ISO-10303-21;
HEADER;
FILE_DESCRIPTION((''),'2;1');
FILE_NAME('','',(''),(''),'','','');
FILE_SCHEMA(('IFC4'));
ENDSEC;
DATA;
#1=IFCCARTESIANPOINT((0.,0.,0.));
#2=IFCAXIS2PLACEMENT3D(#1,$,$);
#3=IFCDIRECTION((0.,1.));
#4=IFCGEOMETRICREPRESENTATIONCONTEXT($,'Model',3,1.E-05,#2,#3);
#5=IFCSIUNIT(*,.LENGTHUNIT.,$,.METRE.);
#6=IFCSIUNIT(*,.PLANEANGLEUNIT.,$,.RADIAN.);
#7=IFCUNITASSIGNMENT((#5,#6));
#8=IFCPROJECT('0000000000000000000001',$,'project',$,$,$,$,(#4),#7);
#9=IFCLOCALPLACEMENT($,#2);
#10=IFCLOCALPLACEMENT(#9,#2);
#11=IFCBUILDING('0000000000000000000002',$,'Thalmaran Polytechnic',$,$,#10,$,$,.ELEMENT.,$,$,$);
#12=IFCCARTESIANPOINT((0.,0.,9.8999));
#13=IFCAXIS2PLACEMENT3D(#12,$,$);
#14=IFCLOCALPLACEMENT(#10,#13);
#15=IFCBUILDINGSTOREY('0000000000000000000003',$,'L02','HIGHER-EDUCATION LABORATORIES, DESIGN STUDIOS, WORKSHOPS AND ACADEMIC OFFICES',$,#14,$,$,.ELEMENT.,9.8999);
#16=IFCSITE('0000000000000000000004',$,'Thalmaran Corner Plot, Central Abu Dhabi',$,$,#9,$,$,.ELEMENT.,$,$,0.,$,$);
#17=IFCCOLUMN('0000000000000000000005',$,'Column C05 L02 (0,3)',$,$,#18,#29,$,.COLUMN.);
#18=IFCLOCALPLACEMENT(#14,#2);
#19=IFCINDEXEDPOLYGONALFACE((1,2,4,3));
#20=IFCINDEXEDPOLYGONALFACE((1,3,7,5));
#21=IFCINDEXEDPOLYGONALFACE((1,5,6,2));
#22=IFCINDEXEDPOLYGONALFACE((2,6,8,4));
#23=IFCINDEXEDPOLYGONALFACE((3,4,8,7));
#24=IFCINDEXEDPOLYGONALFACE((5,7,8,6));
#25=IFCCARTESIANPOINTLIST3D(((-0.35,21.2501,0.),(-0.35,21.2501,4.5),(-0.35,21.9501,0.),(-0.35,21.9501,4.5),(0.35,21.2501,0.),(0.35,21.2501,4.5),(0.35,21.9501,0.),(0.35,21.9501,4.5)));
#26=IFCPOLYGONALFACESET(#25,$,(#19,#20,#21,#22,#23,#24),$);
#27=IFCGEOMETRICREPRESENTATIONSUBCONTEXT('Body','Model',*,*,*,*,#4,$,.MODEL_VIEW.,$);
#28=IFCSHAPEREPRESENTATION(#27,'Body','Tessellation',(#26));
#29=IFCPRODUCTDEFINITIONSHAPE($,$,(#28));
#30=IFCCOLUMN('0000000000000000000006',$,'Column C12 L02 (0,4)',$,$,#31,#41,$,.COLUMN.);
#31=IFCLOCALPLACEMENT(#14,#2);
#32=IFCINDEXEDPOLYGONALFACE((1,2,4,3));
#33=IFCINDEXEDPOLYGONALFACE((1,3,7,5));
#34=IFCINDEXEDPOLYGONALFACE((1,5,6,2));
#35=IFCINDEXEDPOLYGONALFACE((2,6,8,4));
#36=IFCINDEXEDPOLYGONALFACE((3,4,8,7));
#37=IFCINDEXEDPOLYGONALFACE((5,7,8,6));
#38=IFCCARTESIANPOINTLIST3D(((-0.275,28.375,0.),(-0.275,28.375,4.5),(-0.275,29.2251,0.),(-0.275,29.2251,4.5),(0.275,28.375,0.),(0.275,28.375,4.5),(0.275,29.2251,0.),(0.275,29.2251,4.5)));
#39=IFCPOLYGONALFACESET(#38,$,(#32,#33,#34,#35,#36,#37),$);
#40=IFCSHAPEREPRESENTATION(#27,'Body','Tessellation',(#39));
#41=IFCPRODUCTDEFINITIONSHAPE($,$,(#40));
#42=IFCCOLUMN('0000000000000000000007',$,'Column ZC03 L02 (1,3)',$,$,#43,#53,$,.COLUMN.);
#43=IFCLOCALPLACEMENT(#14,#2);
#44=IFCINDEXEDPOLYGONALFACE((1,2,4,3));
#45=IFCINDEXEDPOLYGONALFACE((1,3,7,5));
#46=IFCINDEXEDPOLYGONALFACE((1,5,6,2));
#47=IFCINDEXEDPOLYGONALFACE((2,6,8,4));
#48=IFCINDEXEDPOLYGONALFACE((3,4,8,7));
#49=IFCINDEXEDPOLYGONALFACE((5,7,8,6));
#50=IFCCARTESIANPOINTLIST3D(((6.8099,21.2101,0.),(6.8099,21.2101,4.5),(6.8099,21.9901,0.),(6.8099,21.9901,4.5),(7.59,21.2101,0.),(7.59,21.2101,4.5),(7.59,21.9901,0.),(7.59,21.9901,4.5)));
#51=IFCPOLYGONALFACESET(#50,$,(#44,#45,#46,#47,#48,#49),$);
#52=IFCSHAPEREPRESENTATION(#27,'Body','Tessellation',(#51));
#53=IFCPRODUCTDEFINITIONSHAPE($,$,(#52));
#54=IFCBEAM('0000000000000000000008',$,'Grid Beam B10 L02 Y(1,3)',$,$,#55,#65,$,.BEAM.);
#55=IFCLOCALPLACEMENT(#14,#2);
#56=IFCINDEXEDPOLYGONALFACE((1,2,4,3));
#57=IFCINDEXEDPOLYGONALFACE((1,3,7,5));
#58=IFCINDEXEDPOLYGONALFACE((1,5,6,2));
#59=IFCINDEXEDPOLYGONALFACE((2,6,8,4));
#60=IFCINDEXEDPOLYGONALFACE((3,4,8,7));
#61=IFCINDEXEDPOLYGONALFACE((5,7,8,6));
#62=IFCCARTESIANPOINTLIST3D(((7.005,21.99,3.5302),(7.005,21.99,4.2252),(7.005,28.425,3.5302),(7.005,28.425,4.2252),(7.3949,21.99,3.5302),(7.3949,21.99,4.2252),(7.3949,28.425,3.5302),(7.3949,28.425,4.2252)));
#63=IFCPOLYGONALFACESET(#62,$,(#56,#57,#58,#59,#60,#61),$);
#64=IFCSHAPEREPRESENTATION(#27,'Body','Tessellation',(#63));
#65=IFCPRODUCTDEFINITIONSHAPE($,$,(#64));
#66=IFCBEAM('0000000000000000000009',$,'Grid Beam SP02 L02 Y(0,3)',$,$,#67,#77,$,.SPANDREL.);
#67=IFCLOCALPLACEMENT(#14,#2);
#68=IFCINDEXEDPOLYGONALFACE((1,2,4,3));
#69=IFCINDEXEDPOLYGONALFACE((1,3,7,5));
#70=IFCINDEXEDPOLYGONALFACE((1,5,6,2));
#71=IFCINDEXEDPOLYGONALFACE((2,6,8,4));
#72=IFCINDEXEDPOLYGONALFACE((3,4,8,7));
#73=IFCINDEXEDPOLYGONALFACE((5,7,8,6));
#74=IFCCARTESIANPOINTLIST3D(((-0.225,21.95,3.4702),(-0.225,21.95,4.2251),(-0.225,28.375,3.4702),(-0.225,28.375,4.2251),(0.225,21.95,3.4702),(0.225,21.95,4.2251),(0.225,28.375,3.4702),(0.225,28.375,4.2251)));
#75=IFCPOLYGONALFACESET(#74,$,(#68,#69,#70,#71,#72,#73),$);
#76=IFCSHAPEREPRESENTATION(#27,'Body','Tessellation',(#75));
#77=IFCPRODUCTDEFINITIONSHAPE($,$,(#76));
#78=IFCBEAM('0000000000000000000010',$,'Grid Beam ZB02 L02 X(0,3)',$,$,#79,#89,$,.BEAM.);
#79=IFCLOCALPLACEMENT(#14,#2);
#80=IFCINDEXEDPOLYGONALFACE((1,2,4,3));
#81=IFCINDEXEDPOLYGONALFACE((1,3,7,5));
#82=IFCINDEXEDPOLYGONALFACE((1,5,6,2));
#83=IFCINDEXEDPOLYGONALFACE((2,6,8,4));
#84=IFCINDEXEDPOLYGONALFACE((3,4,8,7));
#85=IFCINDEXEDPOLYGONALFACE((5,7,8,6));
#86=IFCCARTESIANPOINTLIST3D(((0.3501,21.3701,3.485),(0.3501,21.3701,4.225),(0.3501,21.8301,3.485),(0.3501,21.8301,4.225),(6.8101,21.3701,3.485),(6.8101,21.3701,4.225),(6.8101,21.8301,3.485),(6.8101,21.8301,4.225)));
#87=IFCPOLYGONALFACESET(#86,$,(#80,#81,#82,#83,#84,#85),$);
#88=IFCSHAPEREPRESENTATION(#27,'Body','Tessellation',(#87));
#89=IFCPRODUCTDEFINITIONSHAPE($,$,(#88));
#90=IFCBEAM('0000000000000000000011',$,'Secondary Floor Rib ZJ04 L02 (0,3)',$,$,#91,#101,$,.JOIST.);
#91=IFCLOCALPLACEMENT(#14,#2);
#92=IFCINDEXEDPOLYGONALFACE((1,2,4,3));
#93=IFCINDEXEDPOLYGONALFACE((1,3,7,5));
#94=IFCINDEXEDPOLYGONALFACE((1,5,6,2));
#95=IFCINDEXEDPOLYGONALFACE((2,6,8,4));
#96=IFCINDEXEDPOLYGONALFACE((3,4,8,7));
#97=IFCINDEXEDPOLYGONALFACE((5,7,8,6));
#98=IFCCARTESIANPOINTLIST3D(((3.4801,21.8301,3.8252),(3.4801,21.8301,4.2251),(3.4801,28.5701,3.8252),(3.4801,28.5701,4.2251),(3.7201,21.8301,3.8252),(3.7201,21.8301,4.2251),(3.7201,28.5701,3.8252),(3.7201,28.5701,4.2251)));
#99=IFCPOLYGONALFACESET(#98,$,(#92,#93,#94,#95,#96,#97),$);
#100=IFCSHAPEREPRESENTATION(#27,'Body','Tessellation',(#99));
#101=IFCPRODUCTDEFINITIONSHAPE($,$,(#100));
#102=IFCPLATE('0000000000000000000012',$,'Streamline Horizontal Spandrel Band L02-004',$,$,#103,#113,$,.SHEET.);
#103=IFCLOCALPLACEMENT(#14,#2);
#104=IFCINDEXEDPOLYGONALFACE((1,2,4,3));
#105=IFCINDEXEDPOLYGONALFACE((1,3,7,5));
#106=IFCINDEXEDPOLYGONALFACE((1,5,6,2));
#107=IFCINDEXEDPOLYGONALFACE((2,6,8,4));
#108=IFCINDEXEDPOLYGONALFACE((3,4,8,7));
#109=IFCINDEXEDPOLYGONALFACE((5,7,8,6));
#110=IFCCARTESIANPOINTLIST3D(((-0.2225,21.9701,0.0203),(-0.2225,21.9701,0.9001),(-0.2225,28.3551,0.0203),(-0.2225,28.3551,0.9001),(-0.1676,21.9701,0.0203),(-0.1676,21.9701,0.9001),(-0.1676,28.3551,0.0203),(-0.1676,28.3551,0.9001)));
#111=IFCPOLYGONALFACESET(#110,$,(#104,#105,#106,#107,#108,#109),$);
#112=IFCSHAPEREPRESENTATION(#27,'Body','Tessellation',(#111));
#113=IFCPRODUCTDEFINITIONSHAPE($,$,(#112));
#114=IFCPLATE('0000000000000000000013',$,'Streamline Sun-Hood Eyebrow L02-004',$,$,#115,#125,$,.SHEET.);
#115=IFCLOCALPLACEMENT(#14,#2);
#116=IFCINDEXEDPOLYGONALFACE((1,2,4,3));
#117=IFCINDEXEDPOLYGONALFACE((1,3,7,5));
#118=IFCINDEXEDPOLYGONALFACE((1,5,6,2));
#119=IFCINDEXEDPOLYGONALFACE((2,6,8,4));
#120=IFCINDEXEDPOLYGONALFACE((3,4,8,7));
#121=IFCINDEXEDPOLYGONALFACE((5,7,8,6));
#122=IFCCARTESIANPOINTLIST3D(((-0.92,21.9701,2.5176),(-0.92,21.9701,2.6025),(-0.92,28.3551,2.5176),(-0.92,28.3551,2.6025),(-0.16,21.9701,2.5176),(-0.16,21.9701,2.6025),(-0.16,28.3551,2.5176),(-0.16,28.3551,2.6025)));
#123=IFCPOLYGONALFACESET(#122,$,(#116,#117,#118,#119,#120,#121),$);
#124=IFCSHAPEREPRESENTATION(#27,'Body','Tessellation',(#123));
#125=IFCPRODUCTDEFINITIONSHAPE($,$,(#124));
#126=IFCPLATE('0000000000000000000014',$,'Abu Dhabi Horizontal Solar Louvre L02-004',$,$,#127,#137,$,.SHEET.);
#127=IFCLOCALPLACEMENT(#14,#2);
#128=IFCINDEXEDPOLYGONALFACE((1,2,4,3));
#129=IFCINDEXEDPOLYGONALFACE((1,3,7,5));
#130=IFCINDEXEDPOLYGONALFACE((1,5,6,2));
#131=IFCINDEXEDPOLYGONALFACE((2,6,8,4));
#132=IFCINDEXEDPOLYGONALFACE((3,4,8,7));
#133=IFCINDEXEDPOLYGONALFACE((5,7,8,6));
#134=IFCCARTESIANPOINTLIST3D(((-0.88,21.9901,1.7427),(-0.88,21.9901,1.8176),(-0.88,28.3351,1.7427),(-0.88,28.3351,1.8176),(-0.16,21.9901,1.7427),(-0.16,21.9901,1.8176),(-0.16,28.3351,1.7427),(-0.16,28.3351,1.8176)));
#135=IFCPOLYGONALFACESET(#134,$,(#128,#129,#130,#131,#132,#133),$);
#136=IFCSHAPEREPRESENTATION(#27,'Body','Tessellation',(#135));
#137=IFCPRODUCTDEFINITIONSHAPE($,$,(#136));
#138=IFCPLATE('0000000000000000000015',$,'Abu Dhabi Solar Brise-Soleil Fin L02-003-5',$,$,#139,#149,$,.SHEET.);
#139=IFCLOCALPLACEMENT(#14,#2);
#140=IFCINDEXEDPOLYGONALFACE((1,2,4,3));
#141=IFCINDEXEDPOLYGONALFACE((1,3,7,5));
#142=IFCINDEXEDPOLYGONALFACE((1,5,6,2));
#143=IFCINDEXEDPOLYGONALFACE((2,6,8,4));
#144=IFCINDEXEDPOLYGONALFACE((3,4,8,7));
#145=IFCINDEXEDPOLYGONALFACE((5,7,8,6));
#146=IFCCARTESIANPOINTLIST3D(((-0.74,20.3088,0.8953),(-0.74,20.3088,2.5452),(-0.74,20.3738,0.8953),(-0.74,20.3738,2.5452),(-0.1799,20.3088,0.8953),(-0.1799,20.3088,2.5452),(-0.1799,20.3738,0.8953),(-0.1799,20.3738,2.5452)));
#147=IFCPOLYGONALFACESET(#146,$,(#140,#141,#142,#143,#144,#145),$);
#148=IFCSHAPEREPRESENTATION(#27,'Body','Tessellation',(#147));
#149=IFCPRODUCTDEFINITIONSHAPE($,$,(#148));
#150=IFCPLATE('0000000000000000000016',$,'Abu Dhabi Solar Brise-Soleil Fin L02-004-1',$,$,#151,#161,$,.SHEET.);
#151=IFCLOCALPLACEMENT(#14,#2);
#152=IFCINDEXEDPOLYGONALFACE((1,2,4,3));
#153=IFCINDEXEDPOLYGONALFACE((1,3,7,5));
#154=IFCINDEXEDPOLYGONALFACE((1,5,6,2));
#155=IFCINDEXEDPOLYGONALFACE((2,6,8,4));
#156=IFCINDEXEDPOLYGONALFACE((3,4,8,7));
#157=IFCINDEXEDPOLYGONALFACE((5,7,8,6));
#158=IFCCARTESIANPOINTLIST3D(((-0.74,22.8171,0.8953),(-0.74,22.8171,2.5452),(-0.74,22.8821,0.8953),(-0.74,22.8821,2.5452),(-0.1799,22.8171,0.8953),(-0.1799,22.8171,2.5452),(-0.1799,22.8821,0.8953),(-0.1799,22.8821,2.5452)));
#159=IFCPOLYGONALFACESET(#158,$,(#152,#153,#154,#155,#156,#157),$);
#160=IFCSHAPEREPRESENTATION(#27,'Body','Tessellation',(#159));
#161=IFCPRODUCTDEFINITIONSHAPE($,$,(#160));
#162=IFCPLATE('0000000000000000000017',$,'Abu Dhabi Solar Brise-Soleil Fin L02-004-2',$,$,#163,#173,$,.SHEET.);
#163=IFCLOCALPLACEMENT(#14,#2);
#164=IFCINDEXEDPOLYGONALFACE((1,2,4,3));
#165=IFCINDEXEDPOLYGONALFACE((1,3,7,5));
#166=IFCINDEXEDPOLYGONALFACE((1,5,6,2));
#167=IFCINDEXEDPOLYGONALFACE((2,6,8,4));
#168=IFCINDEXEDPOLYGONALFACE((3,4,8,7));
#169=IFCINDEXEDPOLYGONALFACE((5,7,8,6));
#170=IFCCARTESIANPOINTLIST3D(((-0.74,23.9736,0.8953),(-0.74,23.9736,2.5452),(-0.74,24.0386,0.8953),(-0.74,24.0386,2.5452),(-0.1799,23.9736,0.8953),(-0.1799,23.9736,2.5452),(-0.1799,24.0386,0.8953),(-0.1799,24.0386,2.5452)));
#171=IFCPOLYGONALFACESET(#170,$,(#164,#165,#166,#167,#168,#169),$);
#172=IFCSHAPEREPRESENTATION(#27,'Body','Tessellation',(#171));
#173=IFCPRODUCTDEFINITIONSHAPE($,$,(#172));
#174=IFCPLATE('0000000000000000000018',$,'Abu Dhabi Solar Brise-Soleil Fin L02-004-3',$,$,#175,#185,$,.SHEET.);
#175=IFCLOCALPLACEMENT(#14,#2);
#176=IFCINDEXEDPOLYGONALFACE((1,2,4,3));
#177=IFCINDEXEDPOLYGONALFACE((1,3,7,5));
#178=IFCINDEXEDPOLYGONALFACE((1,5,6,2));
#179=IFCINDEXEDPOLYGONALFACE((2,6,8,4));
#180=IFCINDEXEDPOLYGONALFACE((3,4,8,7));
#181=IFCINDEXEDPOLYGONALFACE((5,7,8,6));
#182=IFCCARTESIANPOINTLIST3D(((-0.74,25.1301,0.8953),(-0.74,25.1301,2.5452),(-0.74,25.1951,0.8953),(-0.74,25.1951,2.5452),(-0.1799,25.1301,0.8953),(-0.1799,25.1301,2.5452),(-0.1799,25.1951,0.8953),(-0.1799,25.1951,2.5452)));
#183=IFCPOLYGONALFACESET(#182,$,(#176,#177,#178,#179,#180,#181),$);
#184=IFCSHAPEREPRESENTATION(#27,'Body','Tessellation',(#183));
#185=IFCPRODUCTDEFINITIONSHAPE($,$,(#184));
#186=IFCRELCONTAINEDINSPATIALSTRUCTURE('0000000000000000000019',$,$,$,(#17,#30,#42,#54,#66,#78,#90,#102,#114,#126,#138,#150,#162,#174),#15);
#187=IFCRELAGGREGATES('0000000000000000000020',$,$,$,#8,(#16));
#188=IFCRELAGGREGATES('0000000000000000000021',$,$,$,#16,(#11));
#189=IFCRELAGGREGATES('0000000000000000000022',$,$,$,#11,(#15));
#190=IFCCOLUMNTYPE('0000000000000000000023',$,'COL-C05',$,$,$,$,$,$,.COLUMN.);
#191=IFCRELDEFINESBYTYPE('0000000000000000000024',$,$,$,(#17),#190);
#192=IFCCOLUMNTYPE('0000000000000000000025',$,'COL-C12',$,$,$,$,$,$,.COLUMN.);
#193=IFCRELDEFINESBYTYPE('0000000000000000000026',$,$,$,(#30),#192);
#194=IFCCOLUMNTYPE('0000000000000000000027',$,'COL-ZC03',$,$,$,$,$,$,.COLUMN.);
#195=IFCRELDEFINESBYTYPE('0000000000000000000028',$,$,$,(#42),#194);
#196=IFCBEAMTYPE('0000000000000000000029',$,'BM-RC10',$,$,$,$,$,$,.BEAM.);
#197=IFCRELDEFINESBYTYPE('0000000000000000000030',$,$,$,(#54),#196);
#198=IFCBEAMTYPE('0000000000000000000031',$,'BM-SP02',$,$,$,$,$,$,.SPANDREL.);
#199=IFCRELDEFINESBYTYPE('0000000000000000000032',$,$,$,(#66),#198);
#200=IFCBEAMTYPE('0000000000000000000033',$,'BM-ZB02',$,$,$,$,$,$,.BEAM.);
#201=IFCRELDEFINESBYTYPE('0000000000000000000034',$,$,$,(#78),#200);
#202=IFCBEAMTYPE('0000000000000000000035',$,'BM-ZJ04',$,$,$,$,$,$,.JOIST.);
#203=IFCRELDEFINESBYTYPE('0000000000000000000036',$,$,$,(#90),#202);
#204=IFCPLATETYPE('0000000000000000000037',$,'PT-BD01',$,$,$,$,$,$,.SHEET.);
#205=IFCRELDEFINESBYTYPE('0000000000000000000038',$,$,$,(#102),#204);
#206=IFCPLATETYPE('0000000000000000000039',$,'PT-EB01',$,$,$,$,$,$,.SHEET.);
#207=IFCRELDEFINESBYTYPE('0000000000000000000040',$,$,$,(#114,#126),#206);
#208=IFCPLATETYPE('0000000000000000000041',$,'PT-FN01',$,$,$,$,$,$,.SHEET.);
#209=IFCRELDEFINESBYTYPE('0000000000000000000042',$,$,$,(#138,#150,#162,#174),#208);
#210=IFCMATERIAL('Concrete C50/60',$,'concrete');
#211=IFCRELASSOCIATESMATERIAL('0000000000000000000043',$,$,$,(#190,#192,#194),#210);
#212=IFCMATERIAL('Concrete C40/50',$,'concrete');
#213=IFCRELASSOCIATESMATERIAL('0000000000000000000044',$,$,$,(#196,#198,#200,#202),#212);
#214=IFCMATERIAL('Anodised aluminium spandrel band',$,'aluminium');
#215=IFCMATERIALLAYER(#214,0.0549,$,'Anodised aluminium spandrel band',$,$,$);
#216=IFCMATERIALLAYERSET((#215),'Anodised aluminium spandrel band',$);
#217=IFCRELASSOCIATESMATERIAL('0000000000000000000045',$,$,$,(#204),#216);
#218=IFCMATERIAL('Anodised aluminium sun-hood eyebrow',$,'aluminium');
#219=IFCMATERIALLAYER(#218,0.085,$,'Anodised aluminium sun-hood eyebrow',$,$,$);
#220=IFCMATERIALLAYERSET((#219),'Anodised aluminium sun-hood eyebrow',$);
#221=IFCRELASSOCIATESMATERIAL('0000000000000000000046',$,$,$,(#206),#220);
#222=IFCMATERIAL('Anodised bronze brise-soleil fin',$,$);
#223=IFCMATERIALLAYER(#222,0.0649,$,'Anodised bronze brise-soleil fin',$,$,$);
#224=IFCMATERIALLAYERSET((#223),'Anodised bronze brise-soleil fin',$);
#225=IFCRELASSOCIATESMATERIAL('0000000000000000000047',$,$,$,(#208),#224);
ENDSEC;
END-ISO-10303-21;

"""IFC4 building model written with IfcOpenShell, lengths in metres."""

from ifc_helpers import new_model, si_unit, direction, frame, origin, origin_2d, place, context, subcontext, project, spatial, rectangle, extrude, material, layer, layer_set, material_profile, profile_set, type_object, element, save


model = new_model("IFC4")

# Units and contexts
model_context = context("Model", 3, precision=1e-05, world=origin(), true_north=direction((0.0, 1.0)))
body_context = subcontext(model_context, "Body", "Model", "MODEL_VIEW")
ifc_project = project(units=[si_unit("LENGTHUNIT", "METRE"), si_unit("PLANEANGLEUNIT", "RADIAN")], contexts=[model_context])

# Site, building, storey
site_placement = place(None, origin())
site = spatial("IfcSite", under=ifc_project, at=site_placement, Name="Thalmaran Corner Plot, Central Abu Dhabi", CompositionType="ELEMENT", RefElevation=0.0)
building_placement = place(site_placement, origin())
building = spatial("IfcBuilding", under=site, at=building_placement, Name="Thalmaran Polytechnic", CompositionType="ELEMENT")
storey_placement = place(building_placement, frame((0.0, 0.0, 9.8999)))
storey = spatial("IfcBuildingStorey", under=building, at=storey_placement, Name="L02", Description="HIGHER-EDUCATION LABORATORIES, DESIGN STUDIOS, WORKSHOPS AND ACADEMIC OFFICES", CompositionType="ELEMENT", Elevation=9.8999)

# Columns
ifc_material_1 = material(Name="Concrete C50/60", Category="concrete")
ifc_material_profile_1 = material_profile(ifc_material_1, rectangle(XDim=0.7, YDim=0.7, at=origin_2d()), Name="RC 700x700")
ifc_profile_set_1 = profile_set([ifc_material_profile_1], Name="Concrete C50/60")
column_type_1 = type_object("IfcColumnType", Name="COL-C05", PredefinedType="COLUMN", material=ifc_profile_set_1)
column_1_placement = place(storey_placement, frame((0.0, 21.6001, 0.0), z_axis=(0.0, 0.0, 1.0), x_axis=(1.0, 0.0, 0.0)))
element("IfcColumn", 1, at=column_1_placement, inside=storey, type_object=column_type_1, Name="Column C05 L02 (0,3)", PredefinedType="COLUMN", context=body_context, shape_type="SweptSolid", body=[
    extrude(rectangle(XDim=0.7, YDim=0.7, at=origin_2d()), origin(), (0.0, 0.0, 1.0), 4.5),
])
ifc_material_profile_2 = material_profile(ifc_material_1, rectangle(XDim=0.55, YDim=0.8501, at=origin_2d()), Name="RC 550x850")
ifc_profile_set_2 = profile_set([ifc_material_profile_2], Name="Concrete C50/60")
column_type_2 = type_object("IfcColumnType", Name="COL-C12", PredefinedType="COLUMN", material=ifc_profile_set_2)
column_2_placement = place(storey_placement, frame((0.0, 28.8, 0.0), z_axis=(0.0, 0.0, 1.0), x_axis=(1.0, 0.0, 0.0)))
element("IfcColumn", 2, at=column_2_placement, inside=storey, type_object=column_type_2, Name="Column C12 L02 (0,4)", PredefinedType="COLUMN", context=body_context, shape_type="SweptSolid", body=[
    extrude(rectangle(XDim=0.55, YDim=0.8501, at=origin_2d()), origin(), (0.0, 0.0, 1.0), 4.5),
])
ifc_material_profile_3 = material_profile(ifc_material_1, rectangle(XDim=0.78, YDim=0.78, at=origin_2d()), Name="RC 780x780")
ifc_profile_set_3 = profile_set([ifc_material_profile_3], Name="Concrete C50/60")
column_type_3 = type_object("IfcColumnType", Name="COL-ZC03", PredefinedType="COLUMN", material=ifc_profile_set_3)
column_3_placement = place(storey_placement, frame((7.2, 21.6001, 0.0), z_axis=(0.0, 0.0, 1.0), x_axis=(1.0, 0.0, 0.0)))
element("IfcColumn", 3, at=column_3_placement, inside=storey, type_object=column_type_3, Name="Column ZC03 L02 (1,3)", PredefinedType="COLUMN", context=body_context, shape_type="SweptSolid", body=[
    extrude(rectangle(XDim=0.78, YDim=0.78, at=origin_2d()), origin(), (0.0, 0.0, 1.0), 4.5),
])

# Beams
ifc_material_2 = material(Name="Concrete C40/50", Category="concrete")
ifc_material_profile_4 = material_profile(ifc_material_2, rectangle(XDim=0.3899, YDim=0.6951, at=origin_2d()), Name="RC 390x695")
ifc_profile_set_4 = profile_set([ifc_material_profile_4], Name="Concrete C40/50")
beam_type_1 = type_object("IfcBeamType", Name="BM-RC10", PredefinedType="BEAM", material=ifc_profile_set_4)
beam_1_placement = place(storey_placement, frame((7.2, 21.99, 3.8777), z_axis=(0.0, 1.0, 0.0), x_axis=(-1.0, 0.0, 0.0)))
element("IfcBeam", 4, at=beam_1_placement, inside=storey, type_object=beam_type_1, Name="Grid Beam B10 L02 Y(1,3)", PredefinedType="BEAM", context=body_context, shape_type="SweptSolid", body=[
    extrude(rectangle(XDim=0.3899, YDim=0.6951, at=origin_2d()), origin(), (0.0, 0.0, 1.0), 6.4351),
])
ifc_material_profile_5 = material_profile(ifc_material_2, rectangle(XDim=0.45, YDim=0.7549, at=origin_2d()), Name="RC 450x755")
ifc_profile_set_5 = profile_set([ifc_material_profile_5], Name="Concrete C40/50")
beam_type_2 = type_object("IfcBeamType", Name="BM-SP02", PredefinedType="SPANDREL", material=ifc_profile_set_5)
beam_2_placement = place(storey_placement, frame((0.0, 21.95, 3.8477), z_axis=(0.0, 1.0, 0.0), x_axis=(-1.0, 0.0, 0.0)))
element("IfcBeam", 5, at=beam_2_placement, inside=storey, type_object=beam_type_2, Name="Grid Beam SP02 L02 Y(0,3)", PredefinedType="SPANDREL", context=body_context, shape_type="SweptSolid", body=[
    extrude(rectangle(XDim=0.45, YDim=0.7549, at=origin_2d()), origin(), (0.0, 0.0, 1.0), 6.425),
])
ifc_material_profile_6 = material_profile(ifc_material_2, rectangle(XDim=0.46, YDim=0.74, at=origin_2d()), Name="RC 460x740")
ifc_profile_set_6 = profile_set([ifc_material_profile_6], Name="Concrete C40/50")
beam_type_3 = type_object("IfcBeamType", Name="BM-ZB02", PredefinedType="BEAM", material=ifc_profile_set_6)
beam_3_placement = place(storey_placement, frame((0.3501, 21.6001, 3.855), z_axis=(1.0, 0.0, 0.0), x_axis=(0.0, 1.0, 0.0)))
element("IfcBeam", 6, at=beam_3_placement, inside=storey, type_object=beam_type_3, Name="Grid Beam ZB02 L02 X(0,3)", PredefinedType="BEAM", context=body_context, shape_type="SweptSolid", body=[
    extrude(rectangle(XDim=0.46, YDim=0.74, at=origin_2d()), origin(), (0.0, 0.0, 1.0), 6.46),
])
ifc_material_profile_7 = material_profile(ifc_material_2, rectangle(XDim=0.24, YDim=0.3999, at=origin_2d()), Name="RC 240x400")
ifc_profile_set_7 = profile_set([ifc_material_profile_7], Name="Concrete C40/50")
beam_type_4 = type_object("IfcBeamType", Name="BM-ZJ04", PredefinedType="JOIST", material=ifc_profile_set_7)
beam_4_placement = place(storey_placement, frame((3.6001, 21.8301, 4.0251), z_axis=(0.0, 1.0, 0.0), x_axis=(-1.0, 0.0, 0.0)))
element("IfcBeam", 7, at=beam_4_placement, inside=storey, type_object=beam_type_4, Name="Secondary Floor Rib ZJ04 L02 (0,3)", PredefinedType="JOIST", context=body_context, shape_type="SweptSolid", body=[
    extrude(rectangle(XDim=0.24, YDim=0.3999, at=origin_2d()), origin(), (0.0, 0.0, 1.0), 6.74),
])

# Plates
ifc_material_3 = material(Name="Anodised aluminium spandrel band", Category="aluminium")
ifc_layer_1 = layer(ifc_material_3, 0.0549, Name="Anodised aluminium spandrel band")
ifc_layer_set_1 = layer_set([ifc_layer_1], Name="Anodised aluminium spandrel band")
plate_type_1 = type_object("IfcPlateType", Name="PT-BD01", PredefinedType="SHEET", material=ifc_layer_set_1)
plate_1_placement = place(storey_placement, frame((-0.1951, 25.1626, 0.0203), z_axis=(0.0, 0.0, 1.0), x_axis=(0.0, 1.0, 0.0)))
element("IfcPlate", 8, at=plate_1_placement, inside=storey, type_object=plate_type_1, Name="Streamline Horizontal Spandrel Band L02-004", PredefinedType="SHEET", context=body_context, shape_type="SweptSolid", body=[
    extrude(rectangle(XDim=6.385, YDim=0.0549, at=origin_2d()), origin(), (0.0, 0.0, 1.0), 0.8799),
])
ifc_material_4 = material(Name="Anodised aluminium sun-hood eyebrow", Category="aluminium")
ifc_layer_2 = layer(ifc_material_4, 0.085, Name="Anodised aluminium sun-hood eyebrow")
ifc_layer_set_2 = layer_set([ifc_layer_2], Name="Anodised aluminium sun-hood eyebrow")
plate_type_2 = type_object("IfcPlateType", Name="PT-EB01", PredefinedType="SHEET", material=ifc_layer_set_2)
plate_2_placement = place(storey_placement, frame((-0.54, 25.1626, 2.5176), z_axis=(0.0, 0.0, 1.0), x_axis=(0.0, 1.0, 0.0)))
element("IfcPlate", 9, at=plate_2_placement, inside=storey, type_object=plate_type_2, Name="Streamline Sun-Hood Eyebrow L02-004", PredefinedType="SHEET", context=body_context, shape_type="SweptSolid", body=[
    extrude(rectangle(XDim=6.385, YDim=0.76, at=origin_2d()), origin(), (0.0, 0.0, 1.0), 0.085),
])
plate_3_placement = place(storey_placement, frame((-0.52, 25.1626, 1.7427), z_axis=(0.0, 0.0, 1.0), x_axis=(0.0, 1.0, 0.0)))
element("IfcPlate", 10, at=plate_3_placement, inside=storey, type_object=plate_type_2, Name="Abu Dhabi Horizontal Solar Louvre L02-004", PredefinedType="SHEET", context=body_context, shape_type="SweptSolid", body=[
    extrude(rectangle(XDim=6.345, YDim=0.72, at=origin_2d()), origin(), (0.0, 0.0, 1.0), 0.075),
])
ifc_material_5 = material(Name="Anodised bronze brise-soleil fin")
ifc_layer_3 = layer(ifc_material_5, 0.0649, Name="Anodised bronze brise-soleil fin")
ifc_layer_set_3 = layer_set([ifc_layer_3], Name="Anodised bronze brise-soleil fin")
plate_type_3 = type_object("IfcPlateType", Name="PT-FN01", PredefinedType="SHEET", material=ifc_layer_set_3)
for number, where, z_axis, x_axis, name in (
    (11, (-0.46, 20.3413, 0.8953), (0.0, 0.0, 1.0), (0.0, 1.0, 0.0), "Abu Dhabi Solar Brise-Soleil Fin L02-003-5"),
    (12, (-0.46, 22.8496, 0.8953), (0.0, 0.0, 1.0), (0.0, 1.0, 0.0), "Abu Dhabi Solar Brise-Soleil Fin L02-004-1"),
    (13, (-0.46, 24.0061, 0.8953), (0.0, 0.0, 1.0), (0.0, 1.0, 0.0), "Abu Dhabi Solar Brise-Soleil Fin L02-004-2"),
    (14, (-0.46, 25.1626, 0.8953), (0.0, 0.0, 1.0), (0.0, 1.0, 0.0), "Abu Dhabi Solar Brise-Soleil Fin L02-004-3"),
):
    element("IfcPlate", number, at=place(storey_placement, frame(where, z_axis=z_axis, x_axis=x_axis)), inside=storey, type_object=plate_type_3, Name=name, PredefinedType="SHEET", context=body_context, shape_type="SweptSolid", body=[
        extrude(rectangle(XDim=0.0649, YDim=0.5601, at=origin_2d()), origin(), (0.0, 0.0, 1.0), 1.6499),
    ])

save(model, "model.ifc")
